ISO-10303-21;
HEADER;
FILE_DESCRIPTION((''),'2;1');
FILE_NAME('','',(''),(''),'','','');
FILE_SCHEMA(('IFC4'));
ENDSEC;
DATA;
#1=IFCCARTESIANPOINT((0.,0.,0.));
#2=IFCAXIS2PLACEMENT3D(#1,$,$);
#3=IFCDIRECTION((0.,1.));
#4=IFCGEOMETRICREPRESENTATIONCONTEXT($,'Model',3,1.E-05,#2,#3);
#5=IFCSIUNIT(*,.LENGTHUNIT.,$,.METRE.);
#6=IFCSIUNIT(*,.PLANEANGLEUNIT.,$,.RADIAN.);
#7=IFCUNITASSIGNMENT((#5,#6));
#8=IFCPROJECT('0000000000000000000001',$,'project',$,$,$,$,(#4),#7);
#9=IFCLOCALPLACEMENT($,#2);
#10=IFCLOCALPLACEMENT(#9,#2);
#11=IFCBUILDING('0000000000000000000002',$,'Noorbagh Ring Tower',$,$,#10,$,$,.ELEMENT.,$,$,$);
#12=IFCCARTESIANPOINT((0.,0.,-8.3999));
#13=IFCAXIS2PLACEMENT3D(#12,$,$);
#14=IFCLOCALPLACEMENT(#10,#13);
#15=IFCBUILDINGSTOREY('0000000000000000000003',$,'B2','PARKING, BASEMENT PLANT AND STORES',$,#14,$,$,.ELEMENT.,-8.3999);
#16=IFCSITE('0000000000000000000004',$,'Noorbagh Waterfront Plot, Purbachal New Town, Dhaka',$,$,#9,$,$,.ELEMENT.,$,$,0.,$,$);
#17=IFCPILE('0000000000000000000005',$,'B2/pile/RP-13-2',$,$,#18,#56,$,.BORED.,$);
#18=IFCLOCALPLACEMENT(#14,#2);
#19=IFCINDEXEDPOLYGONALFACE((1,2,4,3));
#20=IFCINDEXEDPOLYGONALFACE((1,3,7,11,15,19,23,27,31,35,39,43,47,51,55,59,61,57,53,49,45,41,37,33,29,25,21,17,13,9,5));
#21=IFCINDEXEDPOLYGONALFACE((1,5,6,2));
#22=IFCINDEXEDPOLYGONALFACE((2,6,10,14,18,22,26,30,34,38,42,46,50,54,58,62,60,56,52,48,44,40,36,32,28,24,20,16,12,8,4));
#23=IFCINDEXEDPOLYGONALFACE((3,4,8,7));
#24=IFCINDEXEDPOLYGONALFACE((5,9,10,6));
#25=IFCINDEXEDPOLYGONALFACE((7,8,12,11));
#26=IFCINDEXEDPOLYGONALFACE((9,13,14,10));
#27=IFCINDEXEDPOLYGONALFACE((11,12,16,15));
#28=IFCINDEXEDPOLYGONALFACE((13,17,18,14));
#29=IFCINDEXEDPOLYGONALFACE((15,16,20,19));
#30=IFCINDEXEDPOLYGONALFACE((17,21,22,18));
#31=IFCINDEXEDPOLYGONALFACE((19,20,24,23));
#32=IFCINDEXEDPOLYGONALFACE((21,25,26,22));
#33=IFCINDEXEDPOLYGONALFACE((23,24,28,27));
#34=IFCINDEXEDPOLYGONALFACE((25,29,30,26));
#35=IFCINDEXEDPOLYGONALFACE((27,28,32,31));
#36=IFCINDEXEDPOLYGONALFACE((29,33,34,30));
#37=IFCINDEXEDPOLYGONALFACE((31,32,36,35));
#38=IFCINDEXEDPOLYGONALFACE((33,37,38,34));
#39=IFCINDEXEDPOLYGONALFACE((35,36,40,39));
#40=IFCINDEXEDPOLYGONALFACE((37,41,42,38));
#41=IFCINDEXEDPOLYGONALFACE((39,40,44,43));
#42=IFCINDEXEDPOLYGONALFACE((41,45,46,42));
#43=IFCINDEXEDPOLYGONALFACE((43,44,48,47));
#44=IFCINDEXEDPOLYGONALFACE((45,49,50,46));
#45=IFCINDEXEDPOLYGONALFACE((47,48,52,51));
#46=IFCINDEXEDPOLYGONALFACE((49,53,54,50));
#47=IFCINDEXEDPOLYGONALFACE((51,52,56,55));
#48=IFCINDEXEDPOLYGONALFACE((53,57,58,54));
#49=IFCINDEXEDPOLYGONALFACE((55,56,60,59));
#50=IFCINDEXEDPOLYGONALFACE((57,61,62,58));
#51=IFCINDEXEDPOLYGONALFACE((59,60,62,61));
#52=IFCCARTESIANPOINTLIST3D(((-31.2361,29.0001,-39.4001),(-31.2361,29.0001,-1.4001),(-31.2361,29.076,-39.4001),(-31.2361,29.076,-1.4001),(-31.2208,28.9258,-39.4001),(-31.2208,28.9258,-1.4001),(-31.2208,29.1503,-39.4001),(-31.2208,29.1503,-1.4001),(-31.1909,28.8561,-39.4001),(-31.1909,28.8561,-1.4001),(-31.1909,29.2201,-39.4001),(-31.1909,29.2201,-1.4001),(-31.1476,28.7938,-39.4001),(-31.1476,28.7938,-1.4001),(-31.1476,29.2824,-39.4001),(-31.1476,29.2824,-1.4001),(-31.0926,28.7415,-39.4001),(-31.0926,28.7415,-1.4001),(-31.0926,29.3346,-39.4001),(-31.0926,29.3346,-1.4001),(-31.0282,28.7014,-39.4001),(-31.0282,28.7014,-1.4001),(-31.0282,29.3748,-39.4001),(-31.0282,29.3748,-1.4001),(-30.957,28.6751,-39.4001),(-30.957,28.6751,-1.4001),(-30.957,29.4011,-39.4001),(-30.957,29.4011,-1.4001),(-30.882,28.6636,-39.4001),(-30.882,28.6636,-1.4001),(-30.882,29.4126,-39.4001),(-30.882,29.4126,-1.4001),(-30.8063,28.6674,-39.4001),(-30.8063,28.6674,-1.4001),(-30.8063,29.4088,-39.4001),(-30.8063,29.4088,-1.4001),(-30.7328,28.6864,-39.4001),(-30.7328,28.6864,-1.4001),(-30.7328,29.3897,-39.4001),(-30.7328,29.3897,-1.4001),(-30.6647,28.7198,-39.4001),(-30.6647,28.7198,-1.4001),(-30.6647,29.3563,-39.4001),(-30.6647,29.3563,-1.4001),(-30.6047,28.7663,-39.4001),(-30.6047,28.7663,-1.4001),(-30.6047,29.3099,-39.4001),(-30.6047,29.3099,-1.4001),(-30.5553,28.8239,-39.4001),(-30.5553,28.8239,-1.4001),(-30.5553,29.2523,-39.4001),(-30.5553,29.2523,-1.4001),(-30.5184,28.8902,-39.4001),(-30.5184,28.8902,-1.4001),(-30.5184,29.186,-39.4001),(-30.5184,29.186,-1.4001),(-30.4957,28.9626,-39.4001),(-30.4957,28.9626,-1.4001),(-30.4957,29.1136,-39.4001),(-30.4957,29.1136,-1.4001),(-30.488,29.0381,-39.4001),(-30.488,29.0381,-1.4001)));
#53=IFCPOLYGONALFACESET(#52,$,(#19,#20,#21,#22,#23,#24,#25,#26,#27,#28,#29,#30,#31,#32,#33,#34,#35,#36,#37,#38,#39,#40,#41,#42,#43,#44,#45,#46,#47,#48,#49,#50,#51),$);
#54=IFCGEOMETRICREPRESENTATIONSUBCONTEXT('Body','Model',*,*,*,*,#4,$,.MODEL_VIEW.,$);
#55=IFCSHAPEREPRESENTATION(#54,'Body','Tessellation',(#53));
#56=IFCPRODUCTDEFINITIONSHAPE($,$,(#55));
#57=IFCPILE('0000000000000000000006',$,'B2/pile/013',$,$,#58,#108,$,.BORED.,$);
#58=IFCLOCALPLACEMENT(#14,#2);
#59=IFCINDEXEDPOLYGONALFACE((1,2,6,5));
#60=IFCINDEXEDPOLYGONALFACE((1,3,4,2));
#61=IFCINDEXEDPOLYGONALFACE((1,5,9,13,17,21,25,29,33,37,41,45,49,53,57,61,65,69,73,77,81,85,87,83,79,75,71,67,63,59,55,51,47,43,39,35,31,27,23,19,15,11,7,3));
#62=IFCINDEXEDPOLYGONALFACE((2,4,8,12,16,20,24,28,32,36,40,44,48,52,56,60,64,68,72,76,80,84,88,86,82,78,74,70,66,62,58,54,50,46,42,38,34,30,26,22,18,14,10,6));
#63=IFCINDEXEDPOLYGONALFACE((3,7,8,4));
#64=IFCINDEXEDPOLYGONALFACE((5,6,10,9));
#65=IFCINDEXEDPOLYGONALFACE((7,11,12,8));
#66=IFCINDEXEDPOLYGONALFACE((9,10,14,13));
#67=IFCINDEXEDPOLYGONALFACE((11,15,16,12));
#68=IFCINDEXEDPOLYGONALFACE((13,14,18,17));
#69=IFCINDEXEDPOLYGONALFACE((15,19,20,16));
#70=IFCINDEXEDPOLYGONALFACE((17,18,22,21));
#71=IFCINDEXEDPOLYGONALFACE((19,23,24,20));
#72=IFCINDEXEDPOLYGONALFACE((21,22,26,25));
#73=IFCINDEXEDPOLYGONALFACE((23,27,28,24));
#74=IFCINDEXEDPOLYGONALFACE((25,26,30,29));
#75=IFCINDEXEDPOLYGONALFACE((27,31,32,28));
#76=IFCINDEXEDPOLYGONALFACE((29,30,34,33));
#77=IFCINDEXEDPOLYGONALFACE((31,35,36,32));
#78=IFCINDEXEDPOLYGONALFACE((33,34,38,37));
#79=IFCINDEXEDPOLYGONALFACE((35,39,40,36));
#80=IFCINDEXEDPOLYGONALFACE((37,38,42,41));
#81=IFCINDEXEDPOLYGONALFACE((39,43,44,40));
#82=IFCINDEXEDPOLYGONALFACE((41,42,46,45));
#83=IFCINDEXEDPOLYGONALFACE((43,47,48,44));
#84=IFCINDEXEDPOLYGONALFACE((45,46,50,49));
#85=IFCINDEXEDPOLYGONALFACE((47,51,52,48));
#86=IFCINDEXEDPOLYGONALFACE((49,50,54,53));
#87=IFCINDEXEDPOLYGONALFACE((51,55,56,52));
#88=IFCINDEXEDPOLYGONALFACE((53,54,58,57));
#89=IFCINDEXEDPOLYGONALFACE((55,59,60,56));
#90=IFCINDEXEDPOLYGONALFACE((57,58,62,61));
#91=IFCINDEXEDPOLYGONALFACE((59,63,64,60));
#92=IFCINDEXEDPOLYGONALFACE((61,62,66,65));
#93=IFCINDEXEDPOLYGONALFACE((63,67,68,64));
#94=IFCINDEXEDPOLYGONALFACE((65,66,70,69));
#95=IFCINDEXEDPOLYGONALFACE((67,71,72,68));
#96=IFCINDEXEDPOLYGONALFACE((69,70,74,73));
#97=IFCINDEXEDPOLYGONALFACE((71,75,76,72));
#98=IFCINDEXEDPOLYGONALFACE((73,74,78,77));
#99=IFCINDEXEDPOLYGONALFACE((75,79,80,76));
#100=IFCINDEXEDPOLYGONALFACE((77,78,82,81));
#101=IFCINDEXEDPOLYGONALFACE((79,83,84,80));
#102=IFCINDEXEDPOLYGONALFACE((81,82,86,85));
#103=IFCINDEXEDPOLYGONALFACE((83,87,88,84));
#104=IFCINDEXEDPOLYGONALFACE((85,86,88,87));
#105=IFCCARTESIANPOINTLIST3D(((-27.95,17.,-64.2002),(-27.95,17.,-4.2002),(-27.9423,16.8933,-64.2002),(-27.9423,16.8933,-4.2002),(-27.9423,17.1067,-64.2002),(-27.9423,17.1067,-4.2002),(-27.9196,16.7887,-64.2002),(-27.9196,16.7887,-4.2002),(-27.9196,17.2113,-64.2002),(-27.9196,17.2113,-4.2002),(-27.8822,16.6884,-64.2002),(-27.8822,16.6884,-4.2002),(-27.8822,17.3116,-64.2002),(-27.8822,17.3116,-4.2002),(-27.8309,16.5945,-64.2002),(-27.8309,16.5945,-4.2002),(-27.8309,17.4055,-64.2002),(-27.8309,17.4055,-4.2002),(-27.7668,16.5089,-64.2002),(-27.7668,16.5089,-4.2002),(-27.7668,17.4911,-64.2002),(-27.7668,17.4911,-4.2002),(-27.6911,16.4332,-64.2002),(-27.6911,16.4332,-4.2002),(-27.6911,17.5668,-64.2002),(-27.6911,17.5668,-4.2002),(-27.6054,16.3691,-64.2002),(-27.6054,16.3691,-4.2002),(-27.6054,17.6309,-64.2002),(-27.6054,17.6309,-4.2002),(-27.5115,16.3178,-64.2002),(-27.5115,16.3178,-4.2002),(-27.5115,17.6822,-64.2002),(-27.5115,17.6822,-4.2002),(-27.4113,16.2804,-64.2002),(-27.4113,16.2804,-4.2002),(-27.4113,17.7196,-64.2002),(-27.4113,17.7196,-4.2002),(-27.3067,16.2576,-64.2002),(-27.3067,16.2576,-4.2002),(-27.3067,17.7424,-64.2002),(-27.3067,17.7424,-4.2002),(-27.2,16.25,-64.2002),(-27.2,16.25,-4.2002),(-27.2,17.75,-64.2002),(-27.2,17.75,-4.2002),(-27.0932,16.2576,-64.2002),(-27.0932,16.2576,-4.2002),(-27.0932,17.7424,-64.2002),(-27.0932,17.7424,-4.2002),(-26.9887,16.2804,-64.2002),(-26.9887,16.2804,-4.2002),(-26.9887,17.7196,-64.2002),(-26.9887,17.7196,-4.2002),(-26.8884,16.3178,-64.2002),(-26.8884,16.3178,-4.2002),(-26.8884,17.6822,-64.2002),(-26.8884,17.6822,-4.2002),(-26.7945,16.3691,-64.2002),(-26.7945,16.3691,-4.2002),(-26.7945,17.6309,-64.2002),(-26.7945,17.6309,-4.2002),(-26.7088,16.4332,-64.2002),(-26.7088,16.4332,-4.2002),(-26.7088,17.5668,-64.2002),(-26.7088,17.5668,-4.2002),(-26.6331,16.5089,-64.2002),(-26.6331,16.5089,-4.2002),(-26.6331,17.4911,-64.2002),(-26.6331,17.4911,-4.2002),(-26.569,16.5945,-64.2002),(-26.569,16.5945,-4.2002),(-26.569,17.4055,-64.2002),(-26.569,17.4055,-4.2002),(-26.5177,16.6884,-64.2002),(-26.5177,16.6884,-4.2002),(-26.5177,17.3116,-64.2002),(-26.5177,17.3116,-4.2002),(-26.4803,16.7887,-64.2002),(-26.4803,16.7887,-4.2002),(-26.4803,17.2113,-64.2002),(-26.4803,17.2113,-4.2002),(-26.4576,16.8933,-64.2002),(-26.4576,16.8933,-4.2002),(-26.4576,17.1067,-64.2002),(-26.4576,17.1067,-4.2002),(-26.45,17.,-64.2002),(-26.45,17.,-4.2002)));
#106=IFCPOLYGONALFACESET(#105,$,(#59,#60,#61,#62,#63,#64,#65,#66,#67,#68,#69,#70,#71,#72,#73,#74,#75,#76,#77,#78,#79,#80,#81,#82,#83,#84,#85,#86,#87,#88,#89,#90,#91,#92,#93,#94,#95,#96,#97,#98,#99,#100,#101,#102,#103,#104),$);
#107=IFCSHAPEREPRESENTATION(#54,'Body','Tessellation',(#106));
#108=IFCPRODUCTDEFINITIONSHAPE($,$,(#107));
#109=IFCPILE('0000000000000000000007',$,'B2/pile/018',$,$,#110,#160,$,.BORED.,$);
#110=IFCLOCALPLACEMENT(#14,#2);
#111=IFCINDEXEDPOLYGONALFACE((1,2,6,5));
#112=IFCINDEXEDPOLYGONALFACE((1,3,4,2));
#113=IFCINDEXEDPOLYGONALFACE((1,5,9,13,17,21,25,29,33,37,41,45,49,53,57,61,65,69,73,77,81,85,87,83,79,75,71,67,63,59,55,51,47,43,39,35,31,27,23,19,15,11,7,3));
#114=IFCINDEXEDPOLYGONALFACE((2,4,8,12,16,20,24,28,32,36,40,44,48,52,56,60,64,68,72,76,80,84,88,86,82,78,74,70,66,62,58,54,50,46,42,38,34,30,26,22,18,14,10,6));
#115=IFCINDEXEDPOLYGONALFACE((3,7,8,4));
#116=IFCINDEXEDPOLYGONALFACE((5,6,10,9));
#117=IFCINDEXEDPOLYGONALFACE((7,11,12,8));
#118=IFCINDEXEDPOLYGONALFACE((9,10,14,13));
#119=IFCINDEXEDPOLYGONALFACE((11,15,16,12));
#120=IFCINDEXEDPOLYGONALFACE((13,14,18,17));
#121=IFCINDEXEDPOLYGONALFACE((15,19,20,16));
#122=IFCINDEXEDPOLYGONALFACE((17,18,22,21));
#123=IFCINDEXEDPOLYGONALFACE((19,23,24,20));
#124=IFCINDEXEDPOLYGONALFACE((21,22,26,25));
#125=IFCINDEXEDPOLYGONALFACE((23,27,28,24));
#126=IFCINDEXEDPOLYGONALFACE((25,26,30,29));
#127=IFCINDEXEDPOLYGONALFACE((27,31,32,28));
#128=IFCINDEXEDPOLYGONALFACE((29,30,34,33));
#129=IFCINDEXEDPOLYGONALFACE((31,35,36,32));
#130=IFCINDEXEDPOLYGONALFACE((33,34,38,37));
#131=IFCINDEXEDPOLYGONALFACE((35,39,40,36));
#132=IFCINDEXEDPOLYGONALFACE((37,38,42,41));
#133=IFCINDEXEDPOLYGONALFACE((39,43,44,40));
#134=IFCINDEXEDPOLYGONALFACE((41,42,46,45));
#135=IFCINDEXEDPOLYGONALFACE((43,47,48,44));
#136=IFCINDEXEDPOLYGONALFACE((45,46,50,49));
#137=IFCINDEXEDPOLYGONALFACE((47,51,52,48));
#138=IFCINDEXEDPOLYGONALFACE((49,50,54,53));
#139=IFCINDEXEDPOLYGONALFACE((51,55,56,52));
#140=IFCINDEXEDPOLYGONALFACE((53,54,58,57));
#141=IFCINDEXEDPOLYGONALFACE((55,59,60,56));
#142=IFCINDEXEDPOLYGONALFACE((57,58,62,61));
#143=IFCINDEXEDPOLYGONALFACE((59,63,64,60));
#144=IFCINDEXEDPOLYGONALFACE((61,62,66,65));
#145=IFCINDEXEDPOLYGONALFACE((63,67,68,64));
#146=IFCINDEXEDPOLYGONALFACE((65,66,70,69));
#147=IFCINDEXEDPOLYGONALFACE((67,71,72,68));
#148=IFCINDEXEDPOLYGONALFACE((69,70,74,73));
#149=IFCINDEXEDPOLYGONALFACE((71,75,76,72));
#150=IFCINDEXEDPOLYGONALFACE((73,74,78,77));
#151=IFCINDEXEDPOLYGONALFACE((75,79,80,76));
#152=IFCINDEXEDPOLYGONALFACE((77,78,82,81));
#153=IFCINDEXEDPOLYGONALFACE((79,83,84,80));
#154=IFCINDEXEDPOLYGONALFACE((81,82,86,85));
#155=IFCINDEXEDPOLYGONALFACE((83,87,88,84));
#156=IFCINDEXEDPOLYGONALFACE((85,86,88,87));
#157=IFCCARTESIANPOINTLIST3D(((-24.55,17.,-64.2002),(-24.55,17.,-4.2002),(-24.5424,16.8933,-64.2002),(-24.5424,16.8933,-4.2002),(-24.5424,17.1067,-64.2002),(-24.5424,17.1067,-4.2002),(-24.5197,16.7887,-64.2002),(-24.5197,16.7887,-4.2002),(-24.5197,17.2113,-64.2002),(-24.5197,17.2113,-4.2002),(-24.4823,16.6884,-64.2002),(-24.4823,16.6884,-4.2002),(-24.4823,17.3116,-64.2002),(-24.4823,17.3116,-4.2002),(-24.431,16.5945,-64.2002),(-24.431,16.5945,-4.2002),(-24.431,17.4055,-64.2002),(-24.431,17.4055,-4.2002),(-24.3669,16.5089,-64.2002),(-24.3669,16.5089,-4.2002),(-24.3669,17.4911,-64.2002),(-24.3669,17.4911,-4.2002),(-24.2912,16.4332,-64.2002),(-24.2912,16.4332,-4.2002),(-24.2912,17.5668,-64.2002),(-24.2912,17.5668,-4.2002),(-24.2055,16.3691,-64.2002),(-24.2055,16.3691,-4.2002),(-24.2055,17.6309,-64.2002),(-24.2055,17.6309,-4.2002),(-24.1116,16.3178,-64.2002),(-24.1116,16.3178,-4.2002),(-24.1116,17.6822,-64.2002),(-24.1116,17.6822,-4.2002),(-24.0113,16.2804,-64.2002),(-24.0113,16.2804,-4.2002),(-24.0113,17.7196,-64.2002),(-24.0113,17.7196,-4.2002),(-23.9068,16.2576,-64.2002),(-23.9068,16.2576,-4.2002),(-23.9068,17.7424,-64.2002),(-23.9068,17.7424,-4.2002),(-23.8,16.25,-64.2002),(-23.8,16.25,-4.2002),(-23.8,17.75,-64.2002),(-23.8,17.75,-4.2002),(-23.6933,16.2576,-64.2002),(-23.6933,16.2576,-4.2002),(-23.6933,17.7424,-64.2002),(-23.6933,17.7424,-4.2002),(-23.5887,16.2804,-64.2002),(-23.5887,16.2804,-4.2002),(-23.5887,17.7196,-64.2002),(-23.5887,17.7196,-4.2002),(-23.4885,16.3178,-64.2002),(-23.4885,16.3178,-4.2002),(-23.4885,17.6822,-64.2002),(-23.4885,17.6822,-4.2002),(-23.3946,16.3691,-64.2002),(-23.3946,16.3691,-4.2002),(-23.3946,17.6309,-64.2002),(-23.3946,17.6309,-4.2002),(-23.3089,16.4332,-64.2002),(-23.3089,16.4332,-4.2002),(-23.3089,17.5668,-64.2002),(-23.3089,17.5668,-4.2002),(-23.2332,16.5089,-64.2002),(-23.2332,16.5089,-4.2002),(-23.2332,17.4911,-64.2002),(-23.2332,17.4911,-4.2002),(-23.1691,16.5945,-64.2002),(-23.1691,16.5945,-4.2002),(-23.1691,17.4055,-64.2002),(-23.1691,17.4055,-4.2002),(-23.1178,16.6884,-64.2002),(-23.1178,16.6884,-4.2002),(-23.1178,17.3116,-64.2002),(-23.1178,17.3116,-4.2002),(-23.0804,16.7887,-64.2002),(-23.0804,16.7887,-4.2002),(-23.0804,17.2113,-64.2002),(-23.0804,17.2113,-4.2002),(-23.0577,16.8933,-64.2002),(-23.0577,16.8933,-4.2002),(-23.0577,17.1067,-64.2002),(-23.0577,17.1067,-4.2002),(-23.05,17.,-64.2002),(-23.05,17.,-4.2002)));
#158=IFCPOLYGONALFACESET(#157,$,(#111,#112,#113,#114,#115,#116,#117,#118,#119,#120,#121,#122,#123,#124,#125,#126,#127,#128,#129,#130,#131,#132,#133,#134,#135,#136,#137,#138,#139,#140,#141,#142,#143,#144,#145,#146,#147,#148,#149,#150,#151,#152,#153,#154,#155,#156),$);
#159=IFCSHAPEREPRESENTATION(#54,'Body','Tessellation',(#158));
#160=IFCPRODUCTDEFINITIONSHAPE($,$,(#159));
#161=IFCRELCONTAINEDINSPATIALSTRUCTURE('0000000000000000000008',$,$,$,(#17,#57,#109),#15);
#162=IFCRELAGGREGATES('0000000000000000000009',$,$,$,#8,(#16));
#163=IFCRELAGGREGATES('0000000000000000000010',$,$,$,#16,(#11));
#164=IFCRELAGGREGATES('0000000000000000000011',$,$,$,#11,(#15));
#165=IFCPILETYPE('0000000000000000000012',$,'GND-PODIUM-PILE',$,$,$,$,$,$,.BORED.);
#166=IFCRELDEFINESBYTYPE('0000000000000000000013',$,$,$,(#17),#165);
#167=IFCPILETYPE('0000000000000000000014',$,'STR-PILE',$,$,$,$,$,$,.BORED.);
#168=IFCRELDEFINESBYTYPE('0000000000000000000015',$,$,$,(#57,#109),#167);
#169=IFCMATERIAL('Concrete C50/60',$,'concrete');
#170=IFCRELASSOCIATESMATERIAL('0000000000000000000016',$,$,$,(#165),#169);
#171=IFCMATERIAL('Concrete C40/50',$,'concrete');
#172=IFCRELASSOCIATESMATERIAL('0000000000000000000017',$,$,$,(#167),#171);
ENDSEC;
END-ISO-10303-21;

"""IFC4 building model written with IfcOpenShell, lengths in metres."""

from ifc_helpers import new_model, si_unit, direction, frame, origin, origin_2d, place, context, subcontext, project, spatial, circle, extrude, material, material_profile, profile_set, type_object, element, save


model = new_model("IFC4")

# Units and contexts
model_context = context("Model", 3, precision=1e-05, world=origin(), true_north=direction((0.0, 1.0)))
body_context = subcontext(model_context, "Body", "Model", "MODEL_VIEW")
ifc_project = project(units=[si_unit("LENGTHUNIT", "METRE"), si_unit("PLANEANGLEUNIT", "RADIAN")], contexts=[model_context])

# Site, building, storey
site_placement = place(None, origin())
site = spatial("IfcSite", under=ifc_project, at=site_placement, Name="Noorbagh Waterfront Plot, Purbachal New Town, Dhaka", CompositionType="ELEMENT", RefElevation=0.0)
building_placement = place(site_placement, origin())
building = spatial("IfcBuilding", under=site, at=building_placement, Name="Noorbagh Ring Tower", CompositionType="ELEMENT")
storey_placement = place(building_placement, frame((0.0, 0.0, -8.3999)))
storey = spatial("IfcBuildingStorey", under=building, at=storey_placement, Name="B2", Description="PARKING, BASEMENT PLANT AND STORES", CompositionType="ELEMENT", Elevation=-8.3999)

# Piles
ifc_material_1 = material(Name="Concrete C50/60", Category="concrete")
ifc_material_profile_1 = material_profile(ifc_material_1, circle(Radius=0.375, at=origin_2d()), Name="PILE750")
ifc_profile_set_1 = profile_set([ifc_material_profile_1], Name="Concrete C50/60")
pile_type_1 = type_object("IfcPileType", Name="GND-PODIUM-PILE", PredefinedType="BORED", material=ifc_profile_set_1)
for number, where, z_axis, x_axis, name in (
    (1, (-30.863, 29.0381, -1.4001), (0.0, 0.0, -1.0), (1.0, 0.0, 0.0), "B2/pile/RP-13-2"),
):
    element("IfcPile", number, at=place(storey_placement, frame(where, z_axis=z_axis, x_axis=x_axis)), inside=storey, type_object=pile_type_1, Name=name, PredefinedType="BORED", context=body_context, shape_type="SweptSolid", body=[
        extrude(circle(Radius=0.375, at=origin_2d()), origin(), (0.0, 0.0, 1.0), 38.0),
    ])
ifc_material_2 = material(Name="Concrete C40/50", Category="concrete")
ifc_material_profile_2 = material_profile(ifc_material_2, circle(Radius=0.75, at=origin_2d()), Name="PILE1500")
ifc_profile_set_2 = profile_set([ifc_material_profile_2], Name="Concrete C40/50")
pile_type_2 = type_object("IfcPileType", Name="STR-PILE", PredefinedType="BORED", material=ifc_profile_set_2)
for number, where, z_axis, x_axis, name in (
    (2, (-27.2, 17.0, -4.2002), (0.0, 0.0, -1.0), (1.0, 0.0, 0.0), "B2/pile/013"),
    (3, (-23.8, 17.0, -4.2002), (0.0, 0.0, -1.0), (1.0, 0.0, 0.0), "B2/pile/018"),
):
    element("IfcPile", number, at=place(storey_placement, frame(where, z_axis=z_axis, x_axis=x_axis)), inside=storey, type_object=pile_type_2, Name=name, PredefinedType="BORED", context=body_context, shape_type="SweptSolid", body=[
        extrude(circle(Radius=0.75, at=origin_2d()), origin(), (0.0, 0.0, 1.0), 60.0),
    ])

save(model, "model.ifc")
